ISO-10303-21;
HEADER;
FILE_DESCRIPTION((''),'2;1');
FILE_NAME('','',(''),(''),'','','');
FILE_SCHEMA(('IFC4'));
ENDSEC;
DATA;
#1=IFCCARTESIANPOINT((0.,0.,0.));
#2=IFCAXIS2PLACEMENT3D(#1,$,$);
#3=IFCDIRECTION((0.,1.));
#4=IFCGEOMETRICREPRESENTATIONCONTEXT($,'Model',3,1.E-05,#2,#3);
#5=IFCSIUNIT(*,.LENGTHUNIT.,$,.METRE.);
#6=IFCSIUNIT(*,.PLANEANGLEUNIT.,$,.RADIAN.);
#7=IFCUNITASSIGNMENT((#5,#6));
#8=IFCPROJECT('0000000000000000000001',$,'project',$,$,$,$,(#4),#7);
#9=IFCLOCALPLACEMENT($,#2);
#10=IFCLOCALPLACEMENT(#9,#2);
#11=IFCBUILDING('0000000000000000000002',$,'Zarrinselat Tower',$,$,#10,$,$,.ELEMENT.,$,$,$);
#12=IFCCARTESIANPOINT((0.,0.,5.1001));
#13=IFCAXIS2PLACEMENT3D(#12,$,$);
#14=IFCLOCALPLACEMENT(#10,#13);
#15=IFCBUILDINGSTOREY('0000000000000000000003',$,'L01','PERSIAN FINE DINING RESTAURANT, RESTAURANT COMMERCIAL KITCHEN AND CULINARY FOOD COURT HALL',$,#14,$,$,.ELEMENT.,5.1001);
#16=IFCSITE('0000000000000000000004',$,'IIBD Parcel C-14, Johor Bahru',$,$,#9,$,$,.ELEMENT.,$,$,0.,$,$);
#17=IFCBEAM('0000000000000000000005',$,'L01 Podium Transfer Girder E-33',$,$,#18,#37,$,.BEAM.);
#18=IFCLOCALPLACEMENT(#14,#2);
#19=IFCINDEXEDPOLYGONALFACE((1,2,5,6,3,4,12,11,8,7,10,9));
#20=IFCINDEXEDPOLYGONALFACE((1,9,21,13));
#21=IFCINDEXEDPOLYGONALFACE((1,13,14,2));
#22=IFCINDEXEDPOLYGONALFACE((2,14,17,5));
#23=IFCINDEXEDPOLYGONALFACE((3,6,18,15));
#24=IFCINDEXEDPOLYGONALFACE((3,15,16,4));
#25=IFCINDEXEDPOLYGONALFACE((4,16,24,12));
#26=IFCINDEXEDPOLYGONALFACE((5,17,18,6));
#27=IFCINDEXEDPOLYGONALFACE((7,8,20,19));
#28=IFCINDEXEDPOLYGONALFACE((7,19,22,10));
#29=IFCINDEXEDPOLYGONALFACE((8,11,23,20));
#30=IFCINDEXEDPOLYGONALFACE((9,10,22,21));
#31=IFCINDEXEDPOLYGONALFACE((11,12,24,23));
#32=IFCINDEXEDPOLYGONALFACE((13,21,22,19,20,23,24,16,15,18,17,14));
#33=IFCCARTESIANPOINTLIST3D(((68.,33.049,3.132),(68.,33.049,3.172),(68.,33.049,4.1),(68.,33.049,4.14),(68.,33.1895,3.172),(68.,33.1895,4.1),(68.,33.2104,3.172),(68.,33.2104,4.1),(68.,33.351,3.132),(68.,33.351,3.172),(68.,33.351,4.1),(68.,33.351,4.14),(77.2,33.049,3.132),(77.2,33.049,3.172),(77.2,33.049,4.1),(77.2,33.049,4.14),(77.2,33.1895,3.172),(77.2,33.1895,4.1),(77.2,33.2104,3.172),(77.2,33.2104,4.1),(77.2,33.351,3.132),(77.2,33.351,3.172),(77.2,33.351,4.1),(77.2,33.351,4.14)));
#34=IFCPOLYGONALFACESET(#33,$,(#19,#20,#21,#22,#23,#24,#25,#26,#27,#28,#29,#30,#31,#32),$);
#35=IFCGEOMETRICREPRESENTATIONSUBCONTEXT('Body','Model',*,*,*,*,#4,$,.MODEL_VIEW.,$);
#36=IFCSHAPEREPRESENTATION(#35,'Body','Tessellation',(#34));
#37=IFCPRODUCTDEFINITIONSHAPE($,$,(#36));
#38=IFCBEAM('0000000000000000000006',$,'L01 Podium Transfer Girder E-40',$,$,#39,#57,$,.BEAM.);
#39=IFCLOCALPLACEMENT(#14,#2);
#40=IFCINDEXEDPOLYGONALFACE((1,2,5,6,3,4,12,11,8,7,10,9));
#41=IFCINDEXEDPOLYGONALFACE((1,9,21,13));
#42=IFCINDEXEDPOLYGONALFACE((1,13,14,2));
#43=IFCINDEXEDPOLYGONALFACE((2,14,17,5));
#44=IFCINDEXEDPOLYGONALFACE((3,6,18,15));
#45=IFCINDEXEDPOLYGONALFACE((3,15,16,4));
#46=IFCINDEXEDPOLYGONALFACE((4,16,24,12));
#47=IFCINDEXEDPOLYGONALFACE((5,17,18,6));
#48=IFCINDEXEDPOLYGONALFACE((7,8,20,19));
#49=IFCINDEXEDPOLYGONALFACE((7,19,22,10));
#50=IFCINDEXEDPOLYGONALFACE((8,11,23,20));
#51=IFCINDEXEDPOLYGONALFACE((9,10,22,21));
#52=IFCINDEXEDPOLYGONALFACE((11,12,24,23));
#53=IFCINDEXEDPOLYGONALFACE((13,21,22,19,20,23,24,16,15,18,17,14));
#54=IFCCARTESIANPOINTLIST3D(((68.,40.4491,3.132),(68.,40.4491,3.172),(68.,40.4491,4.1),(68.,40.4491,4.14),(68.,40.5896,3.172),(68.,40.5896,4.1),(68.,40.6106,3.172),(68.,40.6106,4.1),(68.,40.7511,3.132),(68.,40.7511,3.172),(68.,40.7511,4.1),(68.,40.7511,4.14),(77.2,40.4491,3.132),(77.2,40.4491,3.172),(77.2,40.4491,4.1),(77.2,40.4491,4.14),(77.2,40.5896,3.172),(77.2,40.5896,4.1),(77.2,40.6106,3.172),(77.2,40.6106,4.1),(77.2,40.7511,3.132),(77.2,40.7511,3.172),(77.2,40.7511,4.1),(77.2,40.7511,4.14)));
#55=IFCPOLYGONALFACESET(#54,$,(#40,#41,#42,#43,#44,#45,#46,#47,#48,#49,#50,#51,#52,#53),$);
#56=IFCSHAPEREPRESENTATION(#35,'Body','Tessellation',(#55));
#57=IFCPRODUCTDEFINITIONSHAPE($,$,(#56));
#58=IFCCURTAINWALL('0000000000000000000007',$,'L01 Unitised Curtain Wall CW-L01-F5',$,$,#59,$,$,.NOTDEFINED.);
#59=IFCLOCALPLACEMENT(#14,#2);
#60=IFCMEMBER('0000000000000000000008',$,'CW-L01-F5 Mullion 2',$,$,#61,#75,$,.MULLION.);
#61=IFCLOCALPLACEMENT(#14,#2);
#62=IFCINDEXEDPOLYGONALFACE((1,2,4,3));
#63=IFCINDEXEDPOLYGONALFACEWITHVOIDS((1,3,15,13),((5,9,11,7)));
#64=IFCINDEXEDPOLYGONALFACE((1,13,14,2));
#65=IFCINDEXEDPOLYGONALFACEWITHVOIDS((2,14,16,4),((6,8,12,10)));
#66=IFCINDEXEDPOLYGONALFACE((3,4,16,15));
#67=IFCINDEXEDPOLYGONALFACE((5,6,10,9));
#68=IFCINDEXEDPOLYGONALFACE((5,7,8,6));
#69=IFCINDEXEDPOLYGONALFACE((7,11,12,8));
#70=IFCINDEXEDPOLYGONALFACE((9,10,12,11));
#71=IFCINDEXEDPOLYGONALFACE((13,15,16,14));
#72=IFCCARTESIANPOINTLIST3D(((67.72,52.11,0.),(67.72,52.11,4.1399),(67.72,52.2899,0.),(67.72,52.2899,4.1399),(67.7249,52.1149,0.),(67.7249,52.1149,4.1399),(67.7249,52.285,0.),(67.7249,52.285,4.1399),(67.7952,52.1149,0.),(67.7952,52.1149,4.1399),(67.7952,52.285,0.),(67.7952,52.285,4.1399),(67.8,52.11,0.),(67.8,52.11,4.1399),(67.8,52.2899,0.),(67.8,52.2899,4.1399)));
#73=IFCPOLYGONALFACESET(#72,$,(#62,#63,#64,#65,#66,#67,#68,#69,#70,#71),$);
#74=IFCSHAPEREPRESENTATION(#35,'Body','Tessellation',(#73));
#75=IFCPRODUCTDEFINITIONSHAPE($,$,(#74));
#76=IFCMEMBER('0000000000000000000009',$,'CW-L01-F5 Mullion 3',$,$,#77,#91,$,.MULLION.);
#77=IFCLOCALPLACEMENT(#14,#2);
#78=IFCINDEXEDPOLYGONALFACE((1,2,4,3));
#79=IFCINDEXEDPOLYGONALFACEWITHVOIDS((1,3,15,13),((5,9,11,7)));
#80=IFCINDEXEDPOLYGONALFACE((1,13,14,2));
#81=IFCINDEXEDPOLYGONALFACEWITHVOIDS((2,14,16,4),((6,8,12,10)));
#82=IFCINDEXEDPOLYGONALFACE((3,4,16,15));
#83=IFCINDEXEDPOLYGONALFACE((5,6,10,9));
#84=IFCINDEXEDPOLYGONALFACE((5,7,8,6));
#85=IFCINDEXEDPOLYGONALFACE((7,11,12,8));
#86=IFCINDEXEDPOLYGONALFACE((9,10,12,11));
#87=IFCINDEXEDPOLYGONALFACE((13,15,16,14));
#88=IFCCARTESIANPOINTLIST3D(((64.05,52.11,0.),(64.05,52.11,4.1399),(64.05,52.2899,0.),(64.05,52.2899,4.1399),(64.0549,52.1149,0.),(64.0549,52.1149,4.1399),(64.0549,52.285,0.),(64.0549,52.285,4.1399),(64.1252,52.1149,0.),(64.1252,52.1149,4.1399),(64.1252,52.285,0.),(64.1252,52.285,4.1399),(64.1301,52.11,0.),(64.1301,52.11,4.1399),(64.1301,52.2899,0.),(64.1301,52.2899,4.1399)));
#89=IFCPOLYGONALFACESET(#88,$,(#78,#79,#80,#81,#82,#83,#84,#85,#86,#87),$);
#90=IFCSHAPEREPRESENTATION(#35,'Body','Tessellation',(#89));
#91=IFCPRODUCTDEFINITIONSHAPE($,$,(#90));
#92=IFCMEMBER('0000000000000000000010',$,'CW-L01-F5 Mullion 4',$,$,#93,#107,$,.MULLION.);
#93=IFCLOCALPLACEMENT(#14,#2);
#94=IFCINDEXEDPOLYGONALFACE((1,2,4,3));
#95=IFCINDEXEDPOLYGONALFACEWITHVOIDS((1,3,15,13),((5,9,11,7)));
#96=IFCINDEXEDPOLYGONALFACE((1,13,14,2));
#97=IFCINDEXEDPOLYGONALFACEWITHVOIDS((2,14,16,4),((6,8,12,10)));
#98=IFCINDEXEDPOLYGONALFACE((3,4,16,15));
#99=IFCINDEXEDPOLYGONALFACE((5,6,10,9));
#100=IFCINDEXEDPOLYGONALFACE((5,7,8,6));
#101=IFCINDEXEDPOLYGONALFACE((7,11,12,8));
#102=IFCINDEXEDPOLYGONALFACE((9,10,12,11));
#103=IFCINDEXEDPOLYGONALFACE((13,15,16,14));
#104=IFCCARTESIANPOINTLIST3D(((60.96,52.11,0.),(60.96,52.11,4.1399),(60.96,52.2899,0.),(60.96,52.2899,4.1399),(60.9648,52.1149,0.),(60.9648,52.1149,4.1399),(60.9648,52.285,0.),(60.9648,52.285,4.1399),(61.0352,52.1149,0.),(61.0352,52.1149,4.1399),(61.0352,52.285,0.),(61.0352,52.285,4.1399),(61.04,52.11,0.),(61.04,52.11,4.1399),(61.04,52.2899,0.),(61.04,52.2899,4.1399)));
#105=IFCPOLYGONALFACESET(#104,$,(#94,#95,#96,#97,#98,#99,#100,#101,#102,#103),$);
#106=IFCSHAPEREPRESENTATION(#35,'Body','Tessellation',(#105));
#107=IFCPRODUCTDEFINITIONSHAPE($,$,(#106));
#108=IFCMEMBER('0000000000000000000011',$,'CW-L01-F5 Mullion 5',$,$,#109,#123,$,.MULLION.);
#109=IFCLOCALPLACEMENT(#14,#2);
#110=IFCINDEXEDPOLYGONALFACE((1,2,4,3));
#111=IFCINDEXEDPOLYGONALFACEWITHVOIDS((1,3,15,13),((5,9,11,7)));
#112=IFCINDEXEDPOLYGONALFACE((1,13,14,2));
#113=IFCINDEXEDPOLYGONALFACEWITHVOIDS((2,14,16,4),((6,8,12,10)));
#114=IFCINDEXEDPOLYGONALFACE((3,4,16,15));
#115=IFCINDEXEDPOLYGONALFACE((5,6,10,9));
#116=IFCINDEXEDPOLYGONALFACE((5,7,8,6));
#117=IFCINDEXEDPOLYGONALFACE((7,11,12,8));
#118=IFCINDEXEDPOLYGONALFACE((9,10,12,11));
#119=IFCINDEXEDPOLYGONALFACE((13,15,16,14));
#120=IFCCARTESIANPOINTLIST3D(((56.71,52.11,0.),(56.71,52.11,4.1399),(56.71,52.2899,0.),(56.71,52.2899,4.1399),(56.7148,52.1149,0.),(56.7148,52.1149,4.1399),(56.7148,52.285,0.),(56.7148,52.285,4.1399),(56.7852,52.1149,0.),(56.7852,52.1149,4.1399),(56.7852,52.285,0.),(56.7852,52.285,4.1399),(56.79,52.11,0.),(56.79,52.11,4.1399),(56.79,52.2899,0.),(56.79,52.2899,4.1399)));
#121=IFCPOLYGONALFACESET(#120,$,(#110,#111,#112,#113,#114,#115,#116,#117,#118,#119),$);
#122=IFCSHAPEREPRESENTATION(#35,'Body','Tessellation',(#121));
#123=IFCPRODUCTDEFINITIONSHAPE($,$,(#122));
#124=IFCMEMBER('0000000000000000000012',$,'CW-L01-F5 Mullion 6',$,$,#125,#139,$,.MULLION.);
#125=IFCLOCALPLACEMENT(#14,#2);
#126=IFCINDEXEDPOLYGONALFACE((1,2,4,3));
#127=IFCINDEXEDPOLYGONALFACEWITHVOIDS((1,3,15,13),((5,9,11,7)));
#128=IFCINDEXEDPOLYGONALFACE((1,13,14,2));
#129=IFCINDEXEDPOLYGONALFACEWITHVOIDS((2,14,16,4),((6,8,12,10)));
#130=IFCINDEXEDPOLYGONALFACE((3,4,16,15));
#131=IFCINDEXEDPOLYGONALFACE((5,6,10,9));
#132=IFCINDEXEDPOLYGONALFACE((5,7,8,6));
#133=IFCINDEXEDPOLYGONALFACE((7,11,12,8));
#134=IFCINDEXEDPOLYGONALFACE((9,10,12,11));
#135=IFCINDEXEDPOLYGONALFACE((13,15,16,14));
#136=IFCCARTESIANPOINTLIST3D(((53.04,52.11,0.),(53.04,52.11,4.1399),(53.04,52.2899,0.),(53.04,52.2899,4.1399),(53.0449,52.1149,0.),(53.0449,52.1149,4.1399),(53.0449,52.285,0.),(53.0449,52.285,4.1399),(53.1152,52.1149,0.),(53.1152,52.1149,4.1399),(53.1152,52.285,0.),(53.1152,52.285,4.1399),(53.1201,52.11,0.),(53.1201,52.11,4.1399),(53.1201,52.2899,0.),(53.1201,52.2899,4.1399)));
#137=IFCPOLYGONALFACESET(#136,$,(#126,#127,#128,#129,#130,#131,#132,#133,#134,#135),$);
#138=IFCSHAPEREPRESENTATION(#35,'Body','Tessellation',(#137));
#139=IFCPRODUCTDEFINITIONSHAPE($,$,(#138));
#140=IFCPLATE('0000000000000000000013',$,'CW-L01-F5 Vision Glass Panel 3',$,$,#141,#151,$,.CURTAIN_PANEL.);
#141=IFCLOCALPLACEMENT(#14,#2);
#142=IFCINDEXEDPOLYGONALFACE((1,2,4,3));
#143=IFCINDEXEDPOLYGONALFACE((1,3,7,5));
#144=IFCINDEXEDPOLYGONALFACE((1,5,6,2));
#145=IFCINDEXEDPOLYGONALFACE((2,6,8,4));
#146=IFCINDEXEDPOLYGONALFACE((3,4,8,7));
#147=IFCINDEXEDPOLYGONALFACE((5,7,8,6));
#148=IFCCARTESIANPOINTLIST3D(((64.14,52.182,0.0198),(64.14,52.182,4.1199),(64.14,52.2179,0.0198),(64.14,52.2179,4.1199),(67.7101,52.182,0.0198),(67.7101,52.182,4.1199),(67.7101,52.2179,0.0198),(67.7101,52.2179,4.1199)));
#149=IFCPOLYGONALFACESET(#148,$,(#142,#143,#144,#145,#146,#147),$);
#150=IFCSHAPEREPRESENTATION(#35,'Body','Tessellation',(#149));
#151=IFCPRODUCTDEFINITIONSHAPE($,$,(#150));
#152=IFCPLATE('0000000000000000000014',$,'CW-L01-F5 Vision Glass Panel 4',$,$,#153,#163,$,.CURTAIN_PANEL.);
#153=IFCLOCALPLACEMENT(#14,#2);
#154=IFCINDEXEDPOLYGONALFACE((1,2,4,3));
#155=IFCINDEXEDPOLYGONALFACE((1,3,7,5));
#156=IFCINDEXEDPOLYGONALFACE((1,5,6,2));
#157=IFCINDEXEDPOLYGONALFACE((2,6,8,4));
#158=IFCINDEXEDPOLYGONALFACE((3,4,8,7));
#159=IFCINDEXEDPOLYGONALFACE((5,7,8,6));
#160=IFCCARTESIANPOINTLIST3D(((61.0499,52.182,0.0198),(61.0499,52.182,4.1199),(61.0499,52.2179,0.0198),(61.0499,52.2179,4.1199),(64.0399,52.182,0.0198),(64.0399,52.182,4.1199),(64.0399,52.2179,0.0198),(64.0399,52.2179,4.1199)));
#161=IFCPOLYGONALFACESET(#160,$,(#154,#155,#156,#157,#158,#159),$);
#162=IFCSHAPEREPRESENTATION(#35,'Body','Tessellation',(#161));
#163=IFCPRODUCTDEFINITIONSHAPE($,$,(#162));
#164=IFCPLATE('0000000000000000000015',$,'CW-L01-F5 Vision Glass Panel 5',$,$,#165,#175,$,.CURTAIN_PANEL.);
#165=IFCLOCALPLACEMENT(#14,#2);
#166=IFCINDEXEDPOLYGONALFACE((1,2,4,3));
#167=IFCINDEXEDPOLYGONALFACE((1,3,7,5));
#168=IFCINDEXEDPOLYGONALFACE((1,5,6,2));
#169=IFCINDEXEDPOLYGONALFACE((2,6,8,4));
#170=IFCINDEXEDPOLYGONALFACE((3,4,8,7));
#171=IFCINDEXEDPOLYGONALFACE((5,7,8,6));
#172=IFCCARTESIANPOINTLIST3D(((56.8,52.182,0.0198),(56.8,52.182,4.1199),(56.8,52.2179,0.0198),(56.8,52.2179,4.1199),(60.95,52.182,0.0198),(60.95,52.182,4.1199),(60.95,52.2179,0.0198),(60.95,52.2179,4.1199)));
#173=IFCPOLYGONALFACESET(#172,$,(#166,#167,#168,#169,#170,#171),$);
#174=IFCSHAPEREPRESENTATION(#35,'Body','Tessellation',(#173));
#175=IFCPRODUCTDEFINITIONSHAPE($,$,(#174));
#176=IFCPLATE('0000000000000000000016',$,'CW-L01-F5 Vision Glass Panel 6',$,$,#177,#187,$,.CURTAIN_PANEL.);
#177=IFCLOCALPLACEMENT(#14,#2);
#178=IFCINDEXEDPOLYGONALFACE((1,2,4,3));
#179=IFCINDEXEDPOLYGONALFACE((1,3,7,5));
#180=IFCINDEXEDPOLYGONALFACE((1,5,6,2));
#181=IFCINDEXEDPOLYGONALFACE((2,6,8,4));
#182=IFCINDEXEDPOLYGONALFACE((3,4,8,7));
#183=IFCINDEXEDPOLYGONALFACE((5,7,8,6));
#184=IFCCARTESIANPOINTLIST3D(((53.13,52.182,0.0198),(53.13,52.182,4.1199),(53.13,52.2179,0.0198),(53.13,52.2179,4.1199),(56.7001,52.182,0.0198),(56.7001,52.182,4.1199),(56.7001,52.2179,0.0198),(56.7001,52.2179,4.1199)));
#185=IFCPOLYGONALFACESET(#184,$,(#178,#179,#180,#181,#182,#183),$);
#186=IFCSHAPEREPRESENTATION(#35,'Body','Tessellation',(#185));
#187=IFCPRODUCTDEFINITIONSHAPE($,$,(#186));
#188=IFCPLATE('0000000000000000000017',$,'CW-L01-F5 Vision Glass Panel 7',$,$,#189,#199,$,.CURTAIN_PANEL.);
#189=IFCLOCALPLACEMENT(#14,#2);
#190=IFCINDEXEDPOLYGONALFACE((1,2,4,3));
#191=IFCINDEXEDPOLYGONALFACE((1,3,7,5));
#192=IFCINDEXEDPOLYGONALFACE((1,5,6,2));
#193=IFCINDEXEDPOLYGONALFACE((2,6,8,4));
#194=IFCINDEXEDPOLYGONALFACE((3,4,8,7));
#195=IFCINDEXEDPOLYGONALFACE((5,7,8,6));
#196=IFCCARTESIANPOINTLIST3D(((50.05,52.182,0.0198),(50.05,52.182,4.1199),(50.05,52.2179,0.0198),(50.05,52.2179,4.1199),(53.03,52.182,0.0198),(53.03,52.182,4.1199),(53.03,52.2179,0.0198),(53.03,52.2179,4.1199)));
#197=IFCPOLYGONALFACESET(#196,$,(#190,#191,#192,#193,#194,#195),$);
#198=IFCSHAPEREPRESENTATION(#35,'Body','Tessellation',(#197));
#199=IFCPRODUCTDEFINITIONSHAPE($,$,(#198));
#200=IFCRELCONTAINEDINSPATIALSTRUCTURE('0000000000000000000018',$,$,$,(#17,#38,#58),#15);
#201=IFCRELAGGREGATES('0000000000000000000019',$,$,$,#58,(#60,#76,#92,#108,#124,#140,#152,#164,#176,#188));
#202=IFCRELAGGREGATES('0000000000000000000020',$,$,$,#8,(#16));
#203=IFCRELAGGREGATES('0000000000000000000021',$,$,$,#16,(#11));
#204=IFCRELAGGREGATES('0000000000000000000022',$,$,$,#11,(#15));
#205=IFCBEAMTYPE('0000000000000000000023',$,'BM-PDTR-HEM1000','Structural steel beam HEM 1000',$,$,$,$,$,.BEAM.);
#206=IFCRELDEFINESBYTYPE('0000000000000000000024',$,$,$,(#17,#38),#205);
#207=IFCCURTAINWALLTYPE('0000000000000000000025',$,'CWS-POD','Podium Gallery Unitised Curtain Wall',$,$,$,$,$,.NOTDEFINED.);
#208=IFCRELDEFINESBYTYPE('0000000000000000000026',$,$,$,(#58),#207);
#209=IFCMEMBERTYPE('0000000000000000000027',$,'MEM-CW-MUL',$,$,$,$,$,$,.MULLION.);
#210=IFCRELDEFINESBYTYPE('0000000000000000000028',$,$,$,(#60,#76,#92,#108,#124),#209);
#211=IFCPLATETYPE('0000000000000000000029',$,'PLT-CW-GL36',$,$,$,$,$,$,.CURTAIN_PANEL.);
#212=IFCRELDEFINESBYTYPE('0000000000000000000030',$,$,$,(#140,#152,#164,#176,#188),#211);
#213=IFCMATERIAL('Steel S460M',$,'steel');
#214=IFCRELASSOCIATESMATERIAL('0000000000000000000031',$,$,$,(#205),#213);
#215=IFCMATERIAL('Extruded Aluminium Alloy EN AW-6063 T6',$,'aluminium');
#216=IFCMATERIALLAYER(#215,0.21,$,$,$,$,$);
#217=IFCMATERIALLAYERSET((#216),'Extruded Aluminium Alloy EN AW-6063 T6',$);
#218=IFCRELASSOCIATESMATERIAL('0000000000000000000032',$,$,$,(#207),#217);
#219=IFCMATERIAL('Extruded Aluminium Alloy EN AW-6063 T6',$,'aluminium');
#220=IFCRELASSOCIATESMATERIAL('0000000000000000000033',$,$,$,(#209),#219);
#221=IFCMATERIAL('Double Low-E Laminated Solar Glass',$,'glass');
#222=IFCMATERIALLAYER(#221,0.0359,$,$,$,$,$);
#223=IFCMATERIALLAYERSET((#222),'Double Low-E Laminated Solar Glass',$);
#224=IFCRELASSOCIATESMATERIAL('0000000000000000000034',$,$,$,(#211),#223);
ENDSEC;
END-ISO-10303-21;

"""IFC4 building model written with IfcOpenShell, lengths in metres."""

from ifc_helpers import new_model, si_unit, direction, frame, origin, origin_2d, place, context, subcontext, project, spatial, rectangle, hollow_rectangle, i_section, extrude, material, layer, layer_set, material_profile, profile_set, type_object, element, aggregate, save


model = new_model("IFC4")

# Units and contexts
model_context = context("Model", 3, precision=1e-05, world=origin(), true_north=direction((0.0, 1.0)))
body_context = subcontext(model_context, "Body", "Model", "MODEL_VIEW")
ifc_project = project(units=[si_unit("LENGTHUNIT", "METRE"), si_unit("PLANEANGLEUNIT", "RADIAN")], contexts=[model_context])

# Site, building, storey
site_placement = place(None, origin())
site = spatial("IfcSite", under=ifc_project, at=site_placement, Name="IIBD Parcel C-14, Johor Bahru", CompositionType="ELEMENT", RefElevation=0.0)
building_placement = place(site_placement, origin())
building = spatial("IfcBuilding", under=site, at=building_placement, Name="Zarrinselat Tower", CompositionType="ELEMENT")
storey_placement = place(building_placement, frame((0.0, 0.0, 5.1001)))
storey = spatial("IfcBuildingStorey", under=building, at=storey_placement, Name="L01", Description="PERSIAN FINE DINING RESTAURANT, RESTAURANT COMMERCIAL KITCHEN AND CULINARY FOOD COURT HALL", CompositionType="ELEMENT", Elevation=5.1001)

# Beams
ifc_material_1 = material(Name="Steel S460M", Category="steel")
ifc_material_profile_1 = material_profile(ifc_material_1, i_section(OverallWidth=0.302, OverallDepth=1.0081, WebThickness=0.021, FlangeThickness=0.04, at=origin_2d()), Name="HEM 1000")
ifc_profile_set_1 = profile_set([ifc_material_profile_1], Name="Steel S460M")
beam_type_1 = type_object("IfcBeamType", Name="BM-PDTR-HEM1000", Description="Structural steel beam HEM 1000", PredefinedType="BEAM", material=ifc_profile_set_1)
for number, where, z_axis, x_axis, name in (
    (1, (68.0, 33.2, 3.636), (1.0, 0.0, 0.0), (0.0, 1.0, 0.0), "L01 Podium Transfer Girder E-33"),
    (2, (68.0, 40.6001, 3.636), (1.0, 0.0, 0.0), (0.0, 1.0, 0.0), "L01 Podium Transfer Girder E-40"),
):
    element("IfcBeam", number, at=place(storey_placement, frame(where, z_axis=z_axis, x_axis=x_axis)), inside=storey, type_object=beam_type_1, Name=name, PredefinedType="BEAM", context=body_context, shape_type="SweptSolid", body=[
        extrude(i_section(OverallWidth=0.302, OverallDepth=1.0081, WebThickness=0.021, FlangeThickness=0.04, at=origin_2d()), origin(), (0.0, 0.0, 1.0), 9.2),
    ])

# Curtain wall, members, plates
ifc_material_2 = material(Name="Extruded Aluminium Alloy EN AW-6063 T6", Category="aluminium")
ifc_layer_1 = layer(ifc_material_2, 0.21)
ifc_layer_set_1 = layer_set([ifc_layer_1], Name="Extruded Aluminium Alloy EN AW-6063 T6")
curtain_wall_type = type_object("IfcCurtainWallType", Name="CWS-POD", Description="Podium Gallery Unitised Curtain Wall", PredefinedType="NOTDEFINED", material=ifc_layer_set_1)
curtain_wall_placement = place(storey_placement, origin())
curtain_wall = element("IfcCurtainWall", 3, at=curtain_wall_placement, inside=storey, type_object=curtain_wall_type, Name="L01 Unitised Curtain Wall CW-L01-F5", PredefinedType="NOTDEFINED")
ifc_material_3 = material(Name="Extruded Aluminium Alloy EN AW-6063 T6", Category="aluminium")
ifc_material_profile_2 = material_profile(ifc_material_3, hollow_rectangle(XDim=0.0801, YDim=0.1799, WallThickness=0.0049, at=origin_2d()), Name="RHS 180x80x5")
ifc_profile_set_2 = profile_set([ifc_material_profile_2], Name="Extruded Aluminium Alloy EN AW-6063 T6")
member_type = type_object("IfcMemberType", Name="MEM-CW-MUL", PredefinedType="MULLION", material=ifc_profile_set_2)
member_1_placement = place(storey_placement, frame((67.76, 52.2, 0.0), z_axis=(0.0, 0.0, 1.0), x_axis=(-1.0, 0.0, 0.0)))
member_1 = element("IfcMember", 4, at=member_1_placement, type_object=member_type, Name="CW-L01-F5 Mullion 2", PredefinedType="MULLION", context=body_context, shape_type="SweptSolid", body=[
    extrude(hollow_rectangle(XDim=0.0801, YDim=0.1799, WallThickness=0.0049, at=origin_2d()), origin(), (0.0, 0.0, 1.0), 4.1399),
])
member_2_placement = place(storey_placement, frame((64.0901, 52.2, 0.0), z_axis=(0.0, 0.0, 1.0), x_axis=(-1.0, 0.0, 0.0)))
member_2 = element("IfcMember", 5, at=member_2_placement, type_object=member_type, Name="CW-L01-F5 Mullion 3", PredefinedType="MULLION", context=body_context, shape_type="SweptSolid", body=[
    extrude(hollow_rectangle(XDim=0.0801, YDim=0.1799, WallThickness=0.0049, at=origin_2d()), origin(), (0.0, 0.0, 1.0), 4.1399),
])
member_3_placement = place(storey_placement, frame((61.0, 52.2, 0.0), z_axis=(0.0, 0.0, 1.0), x_axis=(-1.0, 0.0, 0.0)))
member_3 = element("IfcMember", 6, at=member_3_placement, type_object=member_type, Name="CW-L01-F5 Mullion 4", PredefinedType="MULLION", context=body_context, shape_type="SweptSolid", body=[
    extrude(hollow_rectangle(XDim=0.0801, YDim=0.1799, WallThickness=0.0049, at=origin_2d()), origin(), (0.0, 0.0, 1.0), 4.1399),
])
member_4_placement = place(storey_placement, frame((56.75, 52.2, 0.0), z_axis=(0.0, 0.0, 1.0), x_axis=(-1.0, 0.0, 0.0)))
member_4 = element("IfcMember", 7, at=member_4_placement, type_object=member_type, Name="CW-L01-F5 Mullion 5", PredefinedType="MULLION", context=body_context, shape_type="SweptSolid", body=[
    extrude(hollow_rectangle(XDim=0.0801, YDim=0.1799, WallThickness=0.0049, at=origin_2d()), origin(), (0.0, 0.0, 1.0), 4.1399),
])
member_5_placement = place(storey_placement, frame((53.0801, 52.2, 0.0), z_axis=(0.0, 0.0, 1.0), x_axis=(-1.0, 0.0, 0.0)))
member_5 = element("IfcMember", 8, at=member_5_placement, type_object=member_type, Name="CW-L01-F5 Mullion 6", PredefinedType="MULLION", context=body_context, shape_type="SweptSolid", body=[
    extrude(hollow_rectangle(XDim=0.0801, YDim=0.1799, WallThickness=0.0049, at=origin_2d()), origin(), (0.0, 0.0, 1.0), 4.1399),
])
ifc_material_4 = material(Name="Double Low-E Laminated Solar Glass", Category="glass")
ifc_layer_2 = layer(ifc_material_4, 0.0359)
ifc_layer_set_2 = layer_set([ifc_layer_2], Name="Double Low-E Laminated Solar Glass")
plate_type = type_object("IfcPlateType", Name="PLT-CW-GL36", PredefinedType="CURTAIN_PANEL", material=ifc_layer_set_2)
plate_1_placement = place(storey_placement, frame((65.925, 52.2, 0.0198), z_axis=(0.0, 0.0, 1.0), x_axis=(-1.0, 0.0, 0.0)))
plate_1 = element("IfcPlate", 9, at=plate_1_placement, type_object=plate_type, Name="CW-L01-F5 Vision Glass Panel 3", PredefinedType="CURTAIN_PANEL", context=body_context, shape_type="SweptSolid", body=[
    extrude(rectangle(XDim=3.5701, YDim=0.0359, at=origin_2d()), origin(), (0.0, 0.0, 1.0), 4.1001),
])
plate_2_placement = place(storey_placement, frame((62.5449, 52.2, 0.0198), z_axis=(0.0, 0.0, 1.0), x_axis=(-1.0, 0.0, 0.0)))
plate_2 = element("IfcPlate", 10, at=plate_2_placement, type_object=plate_type, Name="CW-L01-F5 Vision Glass Panel 4", PredefinedType="CURTAIN_PANEL", context=body_context, shape_type="SweptSolid", body=[
    extrude(rectangle(XDim=2.99, YDim=0.0359, at=origin_2d()), origin(), (0.0, 0.0, 1.0), 4.1001),
])
plate_3_placement = place(storey_placement, frame((58.875, 52.2, 0.0198), z_axis=(0.0, 0.0, 1.0), x_axis=(-1.0, 0.0, 0.0)))
plate_3 = element("IfcPlate", 11, at=plate_3_placement, type_object=plate_type, Name="CW-L01-F5 Vision Glass Panel 5", PredefinedType="CURTAIN_PANEL", context=body_context, shape_type="SweptSolid", body=[
    extrude(rectangle(XDim=4.1499, YDim=0.0359, at=origin_2d()), origin(), (0.0, 0.0, 1.0), 4.1001),
])
plate_4_placement = place(storey_placement, frame((54.915, 52.2, 0.0198), z_axis=(0.0, 0.0, 1.0), x_axis=(-1.0, 0.0, 0.0)))
plate_4 = element("IfcPlate", 12, at=plate_4_placement, type_object=plate_type, Name="CW-L01-F5 Vision Glass Panel 6", PredefinedType="CURTAIN_PANEL", context=body_context, shape_type="SweptSolid", body=[
    extrude(rectangle(XDim=3.5701, YDim=0.0359, at=origin_2d()), origin(), (0.0, 0.0, 1.0), 4.1001),
])
plate_5_placement = place(storey_placement, frame((51.54, 52.2, 0.0198), z_axis=(0.0, 0.0, 1.0), x_axis=(-1.0, 0.0, 0.0)))
plate_5 = element("IfcPlate", 13, at=plate_5_placement, type_object=plate_type, Name="CW-L01-F5 Vision Glass Panel 7", PredefinedType="CURTAIN_PANEL", context=body_context, shape_type="SweptSolid", body=[
    extrude(rectangle(XDim=2.98, YDim=0.0359, at=origin_2d()), origin(), (0.0, 0.0, 1.0), 4.1001),
])
aggregate(curtain_wall, [member_1, member_2, member_3, member_4, member_5, plate_1, plate_2, plate_3, plate_4, plate_5])

save(model, "model.ifc")
